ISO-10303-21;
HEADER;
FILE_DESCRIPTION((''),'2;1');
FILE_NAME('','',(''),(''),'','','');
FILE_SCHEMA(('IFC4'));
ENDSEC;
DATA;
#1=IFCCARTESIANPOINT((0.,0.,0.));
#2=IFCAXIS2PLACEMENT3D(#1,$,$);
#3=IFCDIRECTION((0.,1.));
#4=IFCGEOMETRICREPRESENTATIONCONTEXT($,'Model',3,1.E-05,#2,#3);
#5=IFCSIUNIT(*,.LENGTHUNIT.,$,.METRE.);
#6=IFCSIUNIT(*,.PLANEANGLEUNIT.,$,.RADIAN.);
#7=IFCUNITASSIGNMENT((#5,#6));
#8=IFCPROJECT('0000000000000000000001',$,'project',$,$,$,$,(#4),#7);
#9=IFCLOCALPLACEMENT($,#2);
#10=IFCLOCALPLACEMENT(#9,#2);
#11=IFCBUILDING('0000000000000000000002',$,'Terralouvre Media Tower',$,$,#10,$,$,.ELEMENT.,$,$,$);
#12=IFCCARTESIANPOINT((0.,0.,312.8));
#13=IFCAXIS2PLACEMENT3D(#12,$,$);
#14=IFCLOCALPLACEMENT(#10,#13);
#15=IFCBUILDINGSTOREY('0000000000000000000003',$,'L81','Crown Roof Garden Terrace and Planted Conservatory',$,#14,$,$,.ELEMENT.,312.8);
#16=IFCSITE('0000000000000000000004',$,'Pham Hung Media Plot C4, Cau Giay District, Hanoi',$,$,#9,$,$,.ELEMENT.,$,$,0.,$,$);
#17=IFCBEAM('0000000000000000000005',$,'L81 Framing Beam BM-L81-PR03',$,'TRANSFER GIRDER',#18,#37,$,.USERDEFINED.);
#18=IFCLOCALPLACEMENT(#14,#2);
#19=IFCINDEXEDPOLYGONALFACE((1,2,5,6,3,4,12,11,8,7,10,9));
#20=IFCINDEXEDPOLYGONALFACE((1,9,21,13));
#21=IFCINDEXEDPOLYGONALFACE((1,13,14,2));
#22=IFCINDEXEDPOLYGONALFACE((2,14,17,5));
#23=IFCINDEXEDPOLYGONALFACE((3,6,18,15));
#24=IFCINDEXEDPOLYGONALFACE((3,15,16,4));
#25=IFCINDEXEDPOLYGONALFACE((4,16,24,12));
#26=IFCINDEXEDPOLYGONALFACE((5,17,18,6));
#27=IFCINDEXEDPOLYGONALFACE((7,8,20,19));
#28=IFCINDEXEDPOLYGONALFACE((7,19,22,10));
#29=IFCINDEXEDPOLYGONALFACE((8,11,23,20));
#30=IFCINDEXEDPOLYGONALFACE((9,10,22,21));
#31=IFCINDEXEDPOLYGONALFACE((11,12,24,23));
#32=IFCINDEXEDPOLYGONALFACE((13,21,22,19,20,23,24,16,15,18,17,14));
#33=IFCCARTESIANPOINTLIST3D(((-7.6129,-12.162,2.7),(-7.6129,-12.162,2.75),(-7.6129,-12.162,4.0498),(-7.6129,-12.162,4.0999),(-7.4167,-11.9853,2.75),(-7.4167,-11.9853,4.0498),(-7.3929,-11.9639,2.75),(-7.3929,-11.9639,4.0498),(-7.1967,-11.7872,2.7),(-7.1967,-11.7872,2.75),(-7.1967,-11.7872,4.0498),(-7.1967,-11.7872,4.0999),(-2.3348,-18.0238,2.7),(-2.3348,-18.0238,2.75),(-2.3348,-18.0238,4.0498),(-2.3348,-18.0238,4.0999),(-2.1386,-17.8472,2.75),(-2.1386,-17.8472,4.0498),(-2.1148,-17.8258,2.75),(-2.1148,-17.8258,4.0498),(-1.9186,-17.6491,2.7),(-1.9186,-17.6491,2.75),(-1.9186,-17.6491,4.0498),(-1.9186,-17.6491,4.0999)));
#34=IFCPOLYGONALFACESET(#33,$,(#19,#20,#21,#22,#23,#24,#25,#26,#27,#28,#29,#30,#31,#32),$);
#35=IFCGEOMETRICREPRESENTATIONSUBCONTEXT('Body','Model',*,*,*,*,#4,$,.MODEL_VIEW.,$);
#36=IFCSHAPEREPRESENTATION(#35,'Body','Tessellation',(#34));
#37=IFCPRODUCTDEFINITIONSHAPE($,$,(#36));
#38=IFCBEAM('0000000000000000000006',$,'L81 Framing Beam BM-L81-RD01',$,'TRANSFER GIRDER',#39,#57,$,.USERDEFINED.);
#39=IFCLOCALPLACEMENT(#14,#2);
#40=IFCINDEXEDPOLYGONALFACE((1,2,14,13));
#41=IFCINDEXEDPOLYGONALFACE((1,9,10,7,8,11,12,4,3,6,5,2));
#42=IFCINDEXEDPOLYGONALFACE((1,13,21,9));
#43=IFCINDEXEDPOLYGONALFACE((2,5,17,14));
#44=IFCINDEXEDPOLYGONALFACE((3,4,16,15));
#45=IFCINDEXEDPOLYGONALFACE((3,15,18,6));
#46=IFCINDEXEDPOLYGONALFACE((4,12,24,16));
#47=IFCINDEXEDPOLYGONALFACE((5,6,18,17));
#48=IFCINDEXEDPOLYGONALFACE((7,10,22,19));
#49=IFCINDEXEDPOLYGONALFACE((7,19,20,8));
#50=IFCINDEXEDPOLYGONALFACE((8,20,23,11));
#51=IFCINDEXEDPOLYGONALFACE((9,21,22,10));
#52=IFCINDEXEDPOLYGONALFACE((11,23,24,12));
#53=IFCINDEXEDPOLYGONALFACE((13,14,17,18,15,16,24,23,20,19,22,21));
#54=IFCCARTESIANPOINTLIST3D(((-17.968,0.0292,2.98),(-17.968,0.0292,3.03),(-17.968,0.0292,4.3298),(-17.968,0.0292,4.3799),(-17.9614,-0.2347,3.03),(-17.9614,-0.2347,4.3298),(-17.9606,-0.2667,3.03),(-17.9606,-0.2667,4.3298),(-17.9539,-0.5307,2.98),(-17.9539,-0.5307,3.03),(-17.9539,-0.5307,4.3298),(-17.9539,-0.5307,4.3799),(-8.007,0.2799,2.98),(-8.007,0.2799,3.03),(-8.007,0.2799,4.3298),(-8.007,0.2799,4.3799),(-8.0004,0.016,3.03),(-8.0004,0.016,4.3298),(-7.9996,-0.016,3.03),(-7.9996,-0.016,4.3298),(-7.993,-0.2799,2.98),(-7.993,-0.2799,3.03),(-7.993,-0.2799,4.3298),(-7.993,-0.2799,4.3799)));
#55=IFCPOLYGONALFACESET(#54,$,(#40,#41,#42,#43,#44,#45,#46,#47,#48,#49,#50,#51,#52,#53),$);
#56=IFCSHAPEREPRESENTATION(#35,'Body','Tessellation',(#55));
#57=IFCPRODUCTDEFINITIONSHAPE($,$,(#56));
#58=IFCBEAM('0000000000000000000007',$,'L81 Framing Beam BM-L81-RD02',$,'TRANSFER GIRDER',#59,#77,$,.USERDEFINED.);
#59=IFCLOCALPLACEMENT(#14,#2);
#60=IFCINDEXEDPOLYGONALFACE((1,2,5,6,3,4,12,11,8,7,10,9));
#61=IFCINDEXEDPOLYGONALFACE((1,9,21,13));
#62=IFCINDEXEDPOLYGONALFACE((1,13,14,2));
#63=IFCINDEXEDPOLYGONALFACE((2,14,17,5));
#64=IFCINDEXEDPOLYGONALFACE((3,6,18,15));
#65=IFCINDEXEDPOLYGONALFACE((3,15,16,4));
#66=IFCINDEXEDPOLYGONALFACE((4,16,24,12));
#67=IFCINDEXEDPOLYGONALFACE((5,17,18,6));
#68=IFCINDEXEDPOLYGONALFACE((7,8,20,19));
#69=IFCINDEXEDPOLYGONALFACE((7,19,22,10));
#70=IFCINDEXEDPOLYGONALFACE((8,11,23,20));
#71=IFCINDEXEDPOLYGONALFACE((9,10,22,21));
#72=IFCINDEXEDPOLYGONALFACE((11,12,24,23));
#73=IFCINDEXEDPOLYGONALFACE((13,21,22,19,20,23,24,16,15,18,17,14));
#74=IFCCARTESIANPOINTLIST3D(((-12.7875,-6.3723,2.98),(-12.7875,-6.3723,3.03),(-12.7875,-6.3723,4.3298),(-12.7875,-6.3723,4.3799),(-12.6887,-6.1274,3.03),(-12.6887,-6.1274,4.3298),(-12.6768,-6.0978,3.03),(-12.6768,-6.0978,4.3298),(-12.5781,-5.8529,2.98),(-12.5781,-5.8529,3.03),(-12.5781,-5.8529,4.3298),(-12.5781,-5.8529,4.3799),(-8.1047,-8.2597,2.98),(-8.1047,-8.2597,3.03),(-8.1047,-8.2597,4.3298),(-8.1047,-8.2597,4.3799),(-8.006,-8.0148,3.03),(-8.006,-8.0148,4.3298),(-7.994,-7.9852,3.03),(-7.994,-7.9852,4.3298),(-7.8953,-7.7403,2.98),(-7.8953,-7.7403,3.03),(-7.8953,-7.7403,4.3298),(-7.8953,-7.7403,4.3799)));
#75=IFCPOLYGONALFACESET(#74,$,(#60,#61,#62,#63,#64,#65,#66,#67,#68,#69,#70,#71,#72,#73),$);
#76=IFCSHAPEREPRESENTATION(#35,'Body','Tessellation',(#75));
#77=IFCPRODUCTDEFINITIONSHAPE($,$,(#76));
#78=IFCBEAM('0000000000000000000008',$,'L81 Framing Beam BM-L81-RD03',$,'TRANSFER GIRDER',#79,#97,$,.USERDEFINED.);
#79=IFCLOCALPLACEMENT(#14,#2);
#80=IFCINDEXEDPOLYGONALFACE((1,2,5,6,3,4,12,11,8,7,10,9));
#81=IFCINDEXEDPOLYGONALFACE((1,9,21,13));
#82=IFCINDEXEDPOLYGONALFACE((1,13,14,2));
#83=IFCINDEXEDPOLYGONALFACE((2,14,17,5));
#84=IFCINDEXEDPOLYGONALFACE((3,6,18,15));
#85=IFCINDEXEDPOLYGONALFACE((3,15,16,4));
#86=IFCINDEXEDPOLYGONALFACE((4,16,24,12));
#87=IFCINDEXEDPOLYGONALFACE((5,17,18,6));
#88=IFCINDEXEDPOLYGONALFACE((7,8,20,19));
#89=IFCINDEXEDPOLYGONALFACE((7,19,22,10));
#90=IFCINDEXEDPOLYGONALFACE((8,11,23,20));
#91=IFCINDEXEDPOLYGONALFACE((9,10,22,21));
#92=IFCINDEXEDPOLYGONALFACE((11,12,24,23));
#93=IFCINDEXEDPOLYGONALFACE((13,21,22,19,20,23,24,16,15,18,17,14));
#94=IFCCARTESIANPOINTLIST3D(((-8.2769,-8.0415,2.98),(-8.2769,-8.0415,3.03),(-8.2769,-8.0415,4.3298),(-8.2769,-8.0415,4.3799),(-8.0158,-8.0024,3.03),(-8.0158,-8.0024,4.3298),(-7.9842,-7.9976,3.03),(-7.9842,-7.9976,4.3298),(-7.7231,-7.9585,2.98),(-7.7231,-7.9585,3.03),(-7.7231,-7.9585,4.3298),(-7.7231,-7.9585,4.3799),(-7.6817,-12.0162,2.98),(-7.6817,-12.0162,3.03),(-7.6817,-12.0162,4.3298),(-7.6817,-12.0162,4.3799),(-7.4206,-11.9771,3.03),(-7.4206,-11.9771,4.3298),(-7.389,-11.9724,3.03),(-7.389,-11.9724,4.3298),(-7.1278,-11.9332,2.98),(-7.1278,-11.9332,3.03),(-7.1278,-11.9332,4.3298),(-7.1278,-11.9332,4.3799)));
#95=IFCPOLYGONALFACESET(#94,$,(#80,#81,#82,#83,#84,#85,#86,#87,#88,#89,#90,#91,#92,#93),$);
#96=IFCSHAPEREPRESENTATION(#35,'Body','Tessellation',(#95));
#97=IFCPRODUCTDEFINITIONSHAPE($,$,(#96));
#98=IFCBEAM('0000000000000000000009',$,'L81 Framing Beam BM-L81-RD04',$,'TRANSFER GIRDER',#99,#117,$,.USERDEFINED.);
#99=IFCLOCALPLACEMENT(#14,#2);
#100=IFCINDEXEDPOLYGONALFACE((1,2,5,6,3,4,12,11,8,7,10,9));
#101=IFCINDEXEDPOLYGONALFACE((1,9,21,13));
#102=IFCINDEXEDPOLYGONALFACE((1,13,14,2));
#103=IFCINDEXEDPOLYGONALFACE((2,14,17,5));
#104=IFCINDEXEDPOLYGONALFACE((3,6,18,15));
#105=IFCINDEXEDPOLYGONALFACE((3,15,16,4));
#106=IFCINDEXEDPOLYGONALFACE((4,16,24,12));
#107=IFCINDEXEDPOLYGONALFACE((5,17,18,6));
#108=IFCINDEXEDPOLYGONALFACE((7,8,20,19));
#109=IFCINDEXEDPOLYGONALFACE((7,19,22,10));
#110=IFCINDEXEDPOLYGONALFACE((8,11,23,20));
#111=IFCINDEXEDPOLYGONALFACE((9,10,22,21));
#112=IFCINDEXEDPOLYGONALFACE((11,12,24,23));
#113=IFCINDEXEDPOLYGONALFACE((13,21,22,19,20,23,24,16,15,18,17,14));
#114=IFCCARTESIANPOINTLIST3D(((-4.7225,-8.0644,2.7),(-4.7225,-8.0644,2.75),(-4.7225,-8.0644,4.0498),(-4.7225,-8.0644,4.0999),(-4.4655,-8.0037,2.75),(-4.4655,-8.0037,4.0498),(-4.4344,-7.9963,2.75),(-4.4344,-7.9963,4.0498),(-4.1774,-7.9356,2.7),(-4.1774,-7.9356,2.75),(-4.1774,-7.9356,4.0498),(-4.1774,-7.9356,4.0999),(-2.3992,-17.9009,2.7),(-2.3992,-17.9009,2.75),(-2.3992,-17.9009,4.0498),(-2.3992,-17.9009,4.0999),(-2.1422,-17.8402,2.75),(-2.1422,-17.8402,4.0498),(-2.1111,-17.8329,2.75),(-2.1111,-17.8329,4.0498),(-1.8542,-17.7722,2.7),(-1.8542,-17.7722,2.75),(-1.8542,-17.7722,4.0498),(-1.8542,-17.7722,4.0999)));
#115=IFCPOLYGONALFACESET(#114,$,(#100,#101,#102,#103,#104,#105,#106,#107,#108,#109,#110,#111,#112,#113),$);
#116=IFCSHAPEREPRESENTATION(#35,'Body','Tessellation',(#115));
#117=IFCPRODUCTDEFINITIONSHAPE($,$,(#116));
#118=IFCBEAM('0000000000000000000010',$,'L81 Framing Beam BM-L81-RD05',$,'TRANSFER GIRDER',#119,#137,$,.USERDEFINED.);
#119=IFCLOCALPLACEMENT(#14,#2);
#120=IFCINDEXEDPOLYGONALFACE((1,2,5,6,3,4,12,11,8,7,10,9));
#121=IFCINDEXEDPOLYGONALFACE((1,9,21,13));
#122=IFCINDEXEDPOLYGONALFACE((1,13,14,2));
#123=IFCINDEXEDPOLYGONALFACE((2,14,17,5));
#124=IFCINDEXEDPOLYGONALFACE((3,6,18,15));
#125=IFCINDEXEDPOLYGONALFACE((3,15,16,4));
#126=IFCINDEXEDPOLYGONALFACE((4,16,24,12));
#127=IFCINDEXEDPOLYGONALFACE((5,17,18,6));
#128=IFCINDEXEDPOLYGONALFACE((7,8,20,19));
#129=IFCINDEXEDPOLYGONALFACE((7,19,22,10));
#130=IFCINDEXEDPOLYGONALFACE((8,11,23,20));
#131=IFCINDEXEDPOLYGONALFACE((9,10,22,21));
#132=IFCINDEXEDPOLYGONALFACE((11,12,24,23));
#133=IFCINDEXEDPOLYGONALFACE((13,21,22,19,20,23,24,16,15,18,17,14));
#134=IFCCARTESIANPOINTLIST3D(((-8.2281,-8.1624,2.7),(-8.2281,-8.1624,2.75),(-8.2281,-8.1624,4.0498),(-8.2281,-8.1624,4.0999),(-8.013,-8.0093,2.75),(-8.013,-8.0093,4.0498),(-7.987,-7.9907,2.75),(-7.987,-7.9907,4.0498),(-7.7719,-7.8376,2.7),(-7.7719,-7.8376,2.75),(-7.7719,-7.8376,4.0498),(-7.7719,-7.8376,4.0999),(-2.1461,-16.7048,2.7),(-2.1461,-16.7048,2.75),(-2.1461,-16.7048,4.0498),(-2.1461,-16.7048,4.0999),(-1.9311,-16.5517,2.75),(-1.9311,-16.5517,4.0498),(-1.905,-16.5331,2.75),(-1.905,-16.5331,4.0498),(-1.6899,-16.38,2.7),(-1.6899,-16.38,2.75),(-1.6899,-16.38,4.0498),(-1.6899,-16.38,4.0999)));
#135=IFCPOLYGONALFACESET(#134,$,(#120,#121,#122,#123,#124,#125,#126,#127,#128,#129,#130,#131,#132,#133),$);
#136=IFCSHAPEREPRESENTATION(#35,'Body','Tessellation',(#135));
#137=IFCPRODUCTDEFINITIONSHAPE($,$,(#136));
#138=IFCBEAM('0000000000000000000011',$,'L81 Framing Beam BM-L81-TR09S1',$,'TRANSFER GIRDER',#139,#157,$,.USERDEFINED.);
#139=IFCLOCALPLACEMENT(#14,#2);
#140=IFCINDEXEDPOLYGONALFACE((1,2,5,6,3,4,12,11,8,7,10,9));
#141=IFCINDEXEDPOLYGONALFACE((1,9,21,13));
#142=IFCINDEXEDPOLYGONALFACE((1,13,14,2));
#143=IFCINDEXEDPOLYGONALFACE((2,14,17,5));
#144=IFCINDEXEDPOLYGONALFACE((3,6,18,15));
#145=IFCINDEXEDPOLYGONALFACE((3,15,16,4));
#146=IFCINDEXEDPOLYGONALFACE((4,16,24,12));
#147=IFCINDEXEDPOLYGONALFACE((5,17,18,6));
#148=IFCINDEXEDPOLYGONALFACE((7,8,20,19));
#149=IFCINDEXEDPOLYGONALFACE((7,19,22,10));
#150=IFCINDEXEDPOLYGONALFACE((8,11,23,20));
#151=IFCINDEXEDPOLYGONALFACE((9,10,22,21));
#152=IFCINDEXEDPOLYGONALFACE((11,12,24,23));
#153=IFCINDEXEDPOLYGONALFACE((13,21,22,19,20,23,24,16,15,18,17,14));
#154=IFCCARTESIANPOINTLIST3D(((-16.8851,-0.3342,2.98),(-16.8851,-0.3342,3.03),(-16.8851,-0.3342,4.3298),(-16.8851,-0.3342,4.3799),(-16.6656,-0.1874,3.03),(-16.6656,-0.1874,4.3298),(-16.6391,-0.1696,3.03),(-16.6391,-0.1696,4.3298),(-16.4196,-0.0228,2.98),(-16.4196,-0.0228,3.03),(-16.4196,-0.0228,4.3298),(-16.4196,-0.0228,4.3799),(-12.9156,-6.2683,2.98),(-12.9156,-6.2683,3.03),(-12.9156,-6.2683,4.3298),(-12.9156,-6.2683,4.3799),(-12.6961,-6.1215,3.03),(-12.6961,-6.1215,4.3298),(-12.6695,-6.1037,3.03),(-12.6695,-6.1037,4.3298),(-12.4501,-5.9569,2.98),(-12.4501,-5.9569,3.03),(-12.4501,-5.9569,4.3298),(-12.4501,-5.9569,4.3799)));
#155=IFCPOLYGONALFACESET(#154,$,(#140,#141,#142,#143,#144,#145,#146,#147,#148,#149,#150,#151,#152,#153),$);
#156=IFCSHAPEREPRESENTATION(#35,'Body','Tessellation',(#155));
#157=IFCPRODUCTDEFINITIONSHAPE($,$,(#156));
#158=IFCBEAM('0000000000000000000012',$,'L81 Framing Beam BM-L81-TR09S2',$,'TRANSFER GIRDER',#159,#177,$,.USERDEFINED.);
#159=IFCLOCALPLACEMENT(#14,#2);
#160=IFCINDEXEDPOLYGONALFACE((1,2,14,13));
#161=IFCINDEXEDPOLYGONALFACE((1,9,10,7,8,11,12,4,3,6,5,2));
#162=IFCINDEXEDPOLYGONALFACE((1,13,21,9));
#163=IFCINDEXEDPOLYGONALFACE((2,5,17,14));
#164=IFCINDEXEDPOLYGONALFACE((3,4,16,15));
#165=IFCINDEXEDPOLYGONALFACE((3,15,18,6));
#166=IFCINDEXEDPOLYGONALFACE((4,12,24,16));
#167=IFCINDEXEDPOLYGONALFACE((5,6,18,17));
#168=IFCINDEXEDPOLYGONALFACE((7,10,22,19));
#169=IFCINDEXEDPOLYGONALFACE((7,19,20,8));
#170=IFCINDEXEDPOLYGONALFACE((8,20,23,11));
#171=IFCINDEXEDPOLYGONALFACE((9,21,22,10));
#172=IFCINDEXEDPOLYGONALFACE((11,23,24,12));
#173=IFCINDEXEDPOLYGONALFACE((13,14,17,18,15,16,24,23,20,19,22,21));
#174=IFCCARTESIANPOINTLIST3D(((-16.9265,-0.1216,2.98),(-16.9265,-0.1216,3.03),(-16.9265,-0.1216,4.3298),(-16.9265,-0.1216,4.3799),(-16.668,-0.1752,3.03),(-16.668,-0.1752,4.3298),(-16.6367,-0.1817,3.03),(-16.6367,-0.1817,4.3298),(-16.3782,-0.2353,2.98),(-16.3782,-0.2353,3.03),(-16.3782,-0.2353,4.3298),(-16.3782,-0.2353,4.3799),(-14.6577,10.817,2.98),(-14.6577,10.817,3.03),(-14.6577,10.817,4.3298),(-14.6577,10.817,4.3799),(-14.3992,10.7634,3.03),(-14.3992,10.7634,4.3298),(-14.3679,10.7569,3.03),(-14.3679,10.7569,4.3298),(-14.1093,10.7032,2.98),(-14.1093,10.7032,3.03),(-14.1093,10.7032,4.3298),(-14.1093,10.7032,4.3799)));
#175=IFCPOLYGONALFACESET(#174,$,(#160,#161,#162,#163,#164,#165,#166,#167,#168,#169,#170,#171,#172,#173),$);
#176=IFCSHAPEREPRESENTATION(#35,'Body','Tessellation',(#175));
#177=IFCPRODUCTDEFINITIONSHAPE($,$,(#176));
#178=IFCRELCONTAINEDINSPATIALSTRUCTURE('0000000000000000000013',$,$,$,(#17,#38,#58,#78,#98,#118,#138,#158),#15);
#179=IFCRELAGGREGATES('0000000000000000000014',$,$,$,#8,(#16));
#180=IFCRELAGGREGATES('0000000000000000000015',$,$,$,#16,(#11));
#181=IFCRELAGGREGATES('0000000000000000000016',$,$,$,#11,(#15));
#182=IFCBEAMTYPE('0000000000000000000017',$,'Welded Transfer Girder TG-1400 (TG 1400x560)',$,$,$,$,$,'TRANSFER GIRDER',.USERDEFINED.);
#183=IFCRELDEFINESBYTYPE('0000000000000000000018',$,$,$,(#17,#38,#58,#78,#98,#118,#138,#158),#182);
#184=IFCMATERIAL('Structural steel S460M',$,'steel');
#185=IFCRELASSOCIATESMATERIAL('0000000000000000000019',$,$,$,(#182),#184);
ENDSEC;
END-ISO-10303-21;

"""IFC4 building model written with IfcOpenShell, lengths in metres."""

from ifc_helpers import new_model, si_unit, direction, frame, origin, origin_2d, place, context, subcontext, project, spatial, i_section, extrude, material, material_profile, profile_set, type_object, element, save


model = new_model("IFC4")

# Units and contexts
model_context = context("Model", 3, precision=1e-05, world=origin(), true_north=direction((0.0, 1.0)))
body_context = subcontext(model_context, "Body", "Model", "MODEL_VIEW")
ifc_project = project(units=[si_unit("LENGTHUNIT", "METRE"), si_unit("PLANEANGLEUNIT", "RADIAN")], contexts=[model_context])

# Site, building, storey
site_placement = place(None, origin())
site = spatial("IfcSite", under=ifc_project, at=site_placement, Name="Pham Hung Media Plot C4, Cau Giay District, Hanoi", CompositionType="ELEMENT", RefElevation=0.0)
building_placement = place(site_placement, origin())
building = spatial("IfcBuilding", under=site, at=building_placement, Name="Terralouvre Media Tower", CompositionType="ELEMENT")
storey_placement = place(building_placement, frame((0.0, 0.0, 312.8)))
storey = spatial("IfcBuildingStorey", under=building, at=storey_placement, Name="L81", Description="Crown Roof Garden Terrace and Planted Conservatory", CompositionType="ELEMENT", Elevation=312.8)

# Beams
ifc_material_1 = material(Name="Structural steel S460M", Category="steel")
ifc_material_profile_1 = material_profile(ifc_material_1, i_section(OverallWidth=0.5601, OverallDepth=1.3999, WebThickness=0.032, FlangeThickness=0.05, at=origin_2d()), Name="TG 1400x560")
ifc_profile_set_1 = profile_set([ifc_material_profile_1], Name="Structural steel S460M")
beam_type_1 = type_object("IfcBeamType", Name="Welded Transfer Girder TG-1400 (TG 1400x560)", ElementType="TRANSFER GIRDER", PredefinedType="USERDEFINED", material=ifc_profile_set_1)
beam_1_placement = place(storey_placement, frame((-7.4048, -11.9746, 3.3999), z_axis=(0.669136, -0.74314, 0.0), x_axis=(0.74314, 0.669136, 0.0)))
element("IfcBeam", 1, at=beam_1_placement, inside=storey, type_object=beam_type_1, Name="L81 Framing Beam BM-L81-PR03", ObjectType="TRANSFER GIRDER", PredefinedType="USERDEFINED", context=body_context, shape_type="SweptSolid", body=[
    extrude(i_section(OverallWidth=0.5601, OverallDepth=1.3999, WebThickness=0.032, FlangeThickness=0.05, at=origin_2d()), origin(), (0.0, 0.0, 1.0), 7.8879),
])
beam_2_placement = place(storey_placement, frame((-8.0, 0.0, 3.6799), z_axis=(-0.999683, -0.025164, 0.0), x_axis=(0.025164, -0.999683, 0.0)))
element("IfcBeam", 2, at=beam_2_placement, inside=storey, type_object=beam_type_1, Name="L81 Framing Beam BM-L81-RD01", ObjectType="TRANSFER GIRDER", PredefinedType="USERDEFINED", context=body_context, shape_type="SweptSolid", body=[
    extrude(i_section(OverallWidth=0.5601, OverallDepth=1.3999, WebThickness=0.032, FlangeThickness=0.05, at=origin_2d()), origin(), (0.0, 0.0, 1.0), 9.9641),
])
beam_3_placement = place(storey_placement, frame((-8.0, -8.0, 3.6799), z_axis=(-0.927496, 0.373832, 0.0), x_axis=(-0.373832, -0.927496, 0.0)))
element("IfcBeam", 3, at=beam_3_placement, inside=storey, type_object=beam_type_1, Name="L81 Framing Beam BM-L81-RD02", ObjectType="TRANSFER GIRDER", PredefinedType="USERDEFINED", context=body_context, shape_type="SweptSolid", body=[
    extrude(i_section(OverallWidth=0.5601, OverallDepth=1.3999, WebThickness=0.032, FlangeThickness=0.05, at=origin_2d()), origin(), (0.0, 0.0, 1.0), 5.0488),
])
beam_4_placement = place(storey_placement, frame((-8.0, -8.0, 3.6799), z_axis=(0.148103, -0.988972, 0.0), x_axis=(0.988972, 0.148103, 0.0)))
element("IfcBeam", 4, at=beam_4_placement, inside=storey, type_object=beam_type_1, Name="L81 Framing Beam BM-L81-RD03", ObjectType="TRANSFER GIRDER", PredefinedType="USERDEFINED", context=body_context, shape_type="SweptSolid", body=[
    extrude(i_section(OverallWidth=0.5601, OverallDepth=1.3999, WebThickness=0.032, FlangeThickness=0.05, at=origin_2d()), origin(), (0.0, 0.0, 1.0), 4.019),
])
beam_5_placement = place(storey_placement, frame((-4.45, -8.0, 3.3999), z_axis=(0.229863, -0.973223, 0.0), x_axis=(0.973223, 0.229863, 0.0)))
element("IfcBeam", 5, at=beam_5_placement, inside=storey, type_object=beam_type_1, Name="L81 Framing Beam BM-L81-RD04", ObjectType="TRANSFER GIRDER", PredefinedType="USERDEFINED", context=body_context, shape_type="SweptSolid", body=[
    extrude(i_section(OverallWidth=0.5601, OverallDepth=1.3999, WebThickness=0.032, FlangeThickness=0.05, at=origin_2d()), origin(), (0.0, 0.0, 1.0), 10.1072),
])
beam_6_placement = place(storey_placement, frame((-8.0, -8.0, 3.3999), z_axis=(0.579991, -0.814623, 0.0), x_axis=(0.814623, 0.579991, 0.0)))
element("IfcBeam", 6, at=beam_6_placement, inside=storey, type_object=beam_type_1, Name="L81 Framing Beam BM-L81-RD05", ObjectType="TRANSFER GIRDER", PredefinedType="USERDEFINED", context=body_context, shape_type="SweptSolid", body=[
    extrude(i_section(OverallWidth=0.5601, OverallDepth=1.3999, WebThickness=0.032, FlangeThickness=0.05, at=origin_2d()), origin(), (0.0, 0.0, 1.0), 10.4863),
])
beam_7_placement = place(storey_placement, frame((-16.6523, -0.1785, 3.6799), z_axis=(0.556002, -0.831181, 0.0), x_axis=(0.831181, 0.556002, 0.0)))
element("IfcBeam", 7, at=beam_7_placement, inside=storey, type_object=beam_type_1, Name="L81 Framing Beam BM-L81-TR09S1", ObjectType="TRANSFER GIRDER", PredefinedType="USERDEFINED", context=body_context, shape_type="SweptSolid", body=[
    extrude(i_section(OverallWidth=0.5601, OverallDepth=1.3999, WebThickness=0.032, FlangeThickness=0.05, at=origin_2d()), origin(), (0.0, 0.0, 1.0), 7.1394),
])
beam_8_placement = place(storey_placement, frame((-16.6523, -0.1785, 3.6799), z_axis=(0.203092, 0.97916, 0.0), x_axis=(-0.97916, 0.203092, 0.0)))
element("IfcBeam", 8, at=beam_8_placement, inside=storey, type_object=beam_type_1, Name="L81 Framing Beam BM-L81-TR09S2", ObjectType="TRANSFER GIRDER", PredefinedType="USERDEFINED", context=body_context, shape_type="SweptSolid", body=[
    extrude(i_section(OverallWidth=0.5601, OverallDepth=1.3999, WebThickness=0.032, FlangeThickness=0.05, at=origin_2d()), origin(), (0.0, 0.0, 1.0), 11.1714),
])

save(model, "model.ifc")
